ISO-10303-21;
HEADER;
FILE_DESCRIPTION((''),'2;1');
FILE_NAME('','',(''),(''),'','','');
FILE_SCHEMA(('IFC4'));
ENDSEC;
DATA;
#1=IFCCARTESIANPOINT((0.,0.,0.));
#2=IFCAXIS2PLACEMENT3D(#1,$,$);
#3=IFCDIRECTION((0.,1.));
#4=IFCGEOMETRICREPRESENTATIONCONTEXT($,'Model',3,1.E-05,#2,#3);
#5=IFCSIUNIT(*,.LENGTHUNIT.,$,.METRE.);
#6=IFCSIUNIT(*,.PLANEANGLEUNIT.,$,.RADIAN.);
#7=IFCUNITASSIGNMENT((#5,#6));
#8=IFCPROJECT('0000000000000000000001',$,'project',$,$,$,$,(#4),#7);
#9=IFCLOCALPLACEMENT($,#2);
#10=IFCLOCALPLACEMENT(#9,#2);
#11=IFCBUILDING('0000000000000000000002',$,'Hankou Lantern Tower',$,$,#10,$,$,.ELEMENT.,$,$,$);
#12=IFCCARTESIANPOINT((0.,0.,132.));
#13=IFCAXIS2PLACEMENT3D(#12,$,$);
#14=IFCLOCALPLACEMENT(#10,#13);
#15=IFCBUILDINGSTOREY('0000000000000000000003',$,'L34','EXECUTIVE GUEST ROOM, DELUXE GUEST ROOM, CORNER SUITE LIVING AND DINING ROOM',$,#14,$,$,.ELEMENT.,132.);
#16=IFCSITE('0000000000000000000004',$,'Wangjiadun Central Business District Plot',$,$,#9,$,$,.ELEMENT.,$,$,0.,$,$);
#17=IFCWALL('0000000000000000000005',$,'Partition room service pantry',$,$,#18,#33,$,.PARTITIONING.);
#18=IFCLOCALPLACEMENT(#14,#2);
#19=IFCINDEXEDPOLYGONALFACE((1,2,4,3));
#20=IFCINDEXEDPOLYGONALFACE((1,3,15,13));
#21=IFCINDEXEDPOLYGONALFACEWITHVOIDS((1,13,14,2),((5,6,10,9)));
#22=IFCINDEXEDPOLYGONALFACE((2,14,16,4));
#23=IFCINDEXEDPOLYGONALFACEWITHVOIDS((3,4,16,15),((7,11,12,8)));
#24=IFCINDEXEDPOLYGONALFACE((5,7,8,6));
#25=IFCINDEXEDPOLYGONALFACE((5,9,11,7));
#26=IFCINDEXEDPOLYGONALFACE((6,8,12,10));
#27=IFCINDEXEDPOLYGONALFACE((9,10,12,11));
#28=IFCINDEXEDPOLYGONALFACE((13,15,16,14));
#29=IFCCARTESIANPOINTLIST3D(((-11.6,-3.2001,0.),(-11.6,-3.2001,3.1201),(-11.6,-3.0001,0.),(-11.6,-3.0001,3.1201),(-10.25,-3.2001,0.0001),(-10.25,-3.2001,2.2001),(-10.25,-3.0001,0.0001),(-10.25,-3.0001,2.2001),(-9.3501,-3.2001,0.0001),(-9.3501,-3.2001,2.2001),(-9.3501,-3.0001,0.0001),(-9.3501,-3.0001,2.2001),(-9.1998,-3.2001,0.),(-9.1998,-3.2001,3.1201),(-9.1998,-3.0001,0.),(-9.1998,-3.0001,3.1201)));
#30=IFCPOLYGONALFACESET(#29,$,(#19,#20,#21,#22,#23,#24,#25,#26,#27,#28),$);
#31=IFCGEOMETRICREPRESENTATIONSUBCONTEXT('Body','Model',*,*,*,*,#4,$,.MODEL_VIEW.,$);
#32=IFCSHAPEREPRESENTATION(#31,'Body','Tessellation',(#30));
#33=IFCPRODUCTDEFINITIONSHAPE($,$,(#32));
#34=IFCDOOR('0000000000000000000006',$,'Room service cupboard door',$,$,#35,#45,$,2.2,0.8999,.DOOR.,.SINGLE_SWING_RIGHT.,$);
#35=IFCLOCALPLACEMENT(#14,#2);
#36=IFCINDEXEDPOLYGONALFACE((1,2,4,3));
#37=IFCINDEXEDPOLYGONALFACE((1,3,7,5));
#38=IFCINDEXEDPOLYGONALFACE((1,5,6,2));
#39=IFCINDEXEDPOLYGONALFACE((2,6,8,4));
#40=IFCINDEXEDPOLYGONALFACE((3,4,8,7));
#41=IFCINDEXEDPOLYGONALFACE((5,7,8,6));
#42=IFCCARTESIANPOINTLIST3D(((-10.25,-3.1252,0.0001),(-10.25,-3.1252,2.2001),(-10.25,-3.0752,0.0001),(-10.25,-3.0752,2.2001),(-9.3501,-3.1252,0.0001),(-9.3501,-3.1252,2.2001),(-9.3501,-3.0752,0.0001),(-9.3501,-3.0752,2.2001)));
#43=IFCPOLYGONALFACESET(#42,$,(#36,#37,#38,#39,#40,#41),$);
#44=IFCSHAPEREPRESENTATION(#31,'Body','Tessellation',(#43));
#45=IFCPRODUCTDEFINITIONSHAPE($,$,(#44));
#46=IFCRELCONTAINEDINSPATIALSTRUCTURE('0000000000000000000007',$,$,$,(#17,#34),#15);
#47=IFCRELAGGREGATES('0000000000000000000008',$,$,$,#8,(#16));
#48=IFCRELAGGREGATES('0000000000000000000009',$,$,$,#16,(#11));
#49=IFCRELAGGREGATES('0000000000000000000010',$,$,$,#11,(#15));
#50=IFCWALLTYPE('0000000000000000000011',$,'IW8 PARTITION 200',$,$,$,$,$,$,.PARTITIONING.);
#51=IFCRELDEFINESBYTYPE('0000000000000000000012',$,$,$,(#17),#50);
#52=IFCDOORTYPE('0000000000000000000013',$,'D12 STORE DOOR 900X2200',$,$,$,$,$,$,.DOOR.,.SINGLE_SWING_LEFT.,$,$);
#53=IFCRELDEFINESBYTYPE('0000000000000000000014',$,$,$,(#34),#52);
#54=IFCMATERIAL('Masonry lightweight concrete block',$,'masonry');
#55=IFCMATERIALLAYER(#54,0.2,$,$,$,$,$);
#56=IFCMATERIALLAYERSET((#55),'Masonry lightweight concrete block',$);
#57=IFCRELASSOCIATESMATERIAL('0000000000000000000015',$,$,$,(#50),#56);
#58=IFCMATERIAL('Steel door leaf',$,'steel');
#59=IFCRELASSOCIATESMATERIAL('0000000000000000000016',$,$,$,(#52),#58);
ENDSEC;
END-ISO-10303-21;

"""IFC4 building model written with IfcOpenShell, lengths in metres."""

from ifc_helpers import new_model, si_unit, direction, frame, frame_2d, origin, place, context, subcontext, project, spatial, rectangle, extrude, material, layer, layer_set, type_object, element, fill, save


model = new_model("IFC4")

# Units and contexts
model_context = context("Model", 3, precision=1e-05, world=origin(), true_north=direction((0.0, 1.0)))
body_context = subcontext(model_context, "Body", "Model", "MODEL_VIEW")
ifc_project = project(units=[si_unit("LENGTHUNIT", "METRE"), si_unit("PLANEANGLEUNIT", "RADIAN")], contexts=[model_context])

# Site, building, storey
site_placement = place(None, origin())
site = spatial("IfcSite", under=ifc_project, at=site_placement, Name="Wangjiadun Central Business District Plot", CompositionType="ELEMENT", RefElevation=0.0)
building_placement = place(site_placement, origin())
building = spatial("IfcBuilding", under=site, at=building_placement, Name="Hankou Lantern Tower", CompositionType="ELEMENT")
storey_placement = place(building_placement, frame((0.0, 0.0, 132.0)))
storey = spatial("IfcBuildingStorey", under=building, at=storey_placement, Name="L34", Description="EXECUTIVE GUEST ROOM, DELUXE GUEST ROOM, CORNER SUITE LIVING AND DINING ROOM", CompositionType="ELEMENT", Elevation=132.0)

# Wall, opening, door
ifc_material_1 = material(Name="Masonry lightweight concrete block", Category="masonry")
ifc_layer_1 = layer(ifc_material_1, 0.2)
ifc_layer_set_1 = layer_set([ifc_layer_1], Name="Masonry lightweight concrete block")
wall_type_1 = type_object("IfcWallType", Name="IW8 PARTITION 200", PredefinedType="PARTITIONING", material=ifc_layer_set_1)
wall_1_placement = place(storey_placement, frame((-11.6001, -3.1001, 0.0), z_axis=(0.0, 0.0, 1.0), x_axis=(1.0, 0.0, 0.0)))
wall_1 = element("IfcWall", 1, at=wall_1_placement, inside=storey, type_object=wall_type_1, Name="Partition room service pantry", PredefinedType="PARTITIONING", context=body_context, shape_type="SweptSolid", body=[
    extrude(rectangle(XDim=2.4001, YDim=0.2, at=frame_2d((1.2002, 0.0))), origin(), (0.0, 0.0, 1.0), 3.1201),
])
opening_1_placement = place(wall_1_placement, frame((1.3501, 0.0, 0.0)))
opening_1 = element("IfcOpeningElement", 2, at=opening_1_placement, cuts=wall_1, PredefinedType="OPENING", context=body_context, shape_type="SweptSolid", body=[
    extrude(rectangle(XDim=0.8999, YDim=2.2, at=frame_2d((0.45, 1.1001))), frame((0.0, 0.1099, 0.0), z_axis=(0.0, -1.0, 0.0), x_axis=(1.0, 0.0, 0.0)), (0.0, 0.0, 1.0), 0.22),
])
ifc_material_2 = material(Name="Steel door leaf", Category="steel")
door_type_1 = type_object("IfcDoorType", Name="D12 STORE DOOR 900X2200", OperationType="SINGLE_SWING_LEFT", PredefinedType="DOOR", material=ifc_material_2)
door_1_placement = place(opening_1_placement, origin())
door_1 = element("IfcDoor", 3, at=door_1_placement, inside=storey, type_object=door_type_1, Name="Room service cupboard door", OperationType="SINGLE_SWING_RIGHT", OverallHeight=2.2, OverallWidth=0.8999, PredefinedType="DOOR", context=body_context, shape_type="SweptSolid", body=[
    extrude(rectangle(XDim=0.8999, YDim=2.2, at=frame_2d((0.45, 1.1001))), frame((0.0, 0.0249, 0.0), z_axis=(0.0, -1.0, 0.0), x_axis=(1.0, 0.0, 0.0)), (0.0, 0.0, 1.0), 0.05),
])
fill(opening_1, door_1)

save(model, "model.ifc")
